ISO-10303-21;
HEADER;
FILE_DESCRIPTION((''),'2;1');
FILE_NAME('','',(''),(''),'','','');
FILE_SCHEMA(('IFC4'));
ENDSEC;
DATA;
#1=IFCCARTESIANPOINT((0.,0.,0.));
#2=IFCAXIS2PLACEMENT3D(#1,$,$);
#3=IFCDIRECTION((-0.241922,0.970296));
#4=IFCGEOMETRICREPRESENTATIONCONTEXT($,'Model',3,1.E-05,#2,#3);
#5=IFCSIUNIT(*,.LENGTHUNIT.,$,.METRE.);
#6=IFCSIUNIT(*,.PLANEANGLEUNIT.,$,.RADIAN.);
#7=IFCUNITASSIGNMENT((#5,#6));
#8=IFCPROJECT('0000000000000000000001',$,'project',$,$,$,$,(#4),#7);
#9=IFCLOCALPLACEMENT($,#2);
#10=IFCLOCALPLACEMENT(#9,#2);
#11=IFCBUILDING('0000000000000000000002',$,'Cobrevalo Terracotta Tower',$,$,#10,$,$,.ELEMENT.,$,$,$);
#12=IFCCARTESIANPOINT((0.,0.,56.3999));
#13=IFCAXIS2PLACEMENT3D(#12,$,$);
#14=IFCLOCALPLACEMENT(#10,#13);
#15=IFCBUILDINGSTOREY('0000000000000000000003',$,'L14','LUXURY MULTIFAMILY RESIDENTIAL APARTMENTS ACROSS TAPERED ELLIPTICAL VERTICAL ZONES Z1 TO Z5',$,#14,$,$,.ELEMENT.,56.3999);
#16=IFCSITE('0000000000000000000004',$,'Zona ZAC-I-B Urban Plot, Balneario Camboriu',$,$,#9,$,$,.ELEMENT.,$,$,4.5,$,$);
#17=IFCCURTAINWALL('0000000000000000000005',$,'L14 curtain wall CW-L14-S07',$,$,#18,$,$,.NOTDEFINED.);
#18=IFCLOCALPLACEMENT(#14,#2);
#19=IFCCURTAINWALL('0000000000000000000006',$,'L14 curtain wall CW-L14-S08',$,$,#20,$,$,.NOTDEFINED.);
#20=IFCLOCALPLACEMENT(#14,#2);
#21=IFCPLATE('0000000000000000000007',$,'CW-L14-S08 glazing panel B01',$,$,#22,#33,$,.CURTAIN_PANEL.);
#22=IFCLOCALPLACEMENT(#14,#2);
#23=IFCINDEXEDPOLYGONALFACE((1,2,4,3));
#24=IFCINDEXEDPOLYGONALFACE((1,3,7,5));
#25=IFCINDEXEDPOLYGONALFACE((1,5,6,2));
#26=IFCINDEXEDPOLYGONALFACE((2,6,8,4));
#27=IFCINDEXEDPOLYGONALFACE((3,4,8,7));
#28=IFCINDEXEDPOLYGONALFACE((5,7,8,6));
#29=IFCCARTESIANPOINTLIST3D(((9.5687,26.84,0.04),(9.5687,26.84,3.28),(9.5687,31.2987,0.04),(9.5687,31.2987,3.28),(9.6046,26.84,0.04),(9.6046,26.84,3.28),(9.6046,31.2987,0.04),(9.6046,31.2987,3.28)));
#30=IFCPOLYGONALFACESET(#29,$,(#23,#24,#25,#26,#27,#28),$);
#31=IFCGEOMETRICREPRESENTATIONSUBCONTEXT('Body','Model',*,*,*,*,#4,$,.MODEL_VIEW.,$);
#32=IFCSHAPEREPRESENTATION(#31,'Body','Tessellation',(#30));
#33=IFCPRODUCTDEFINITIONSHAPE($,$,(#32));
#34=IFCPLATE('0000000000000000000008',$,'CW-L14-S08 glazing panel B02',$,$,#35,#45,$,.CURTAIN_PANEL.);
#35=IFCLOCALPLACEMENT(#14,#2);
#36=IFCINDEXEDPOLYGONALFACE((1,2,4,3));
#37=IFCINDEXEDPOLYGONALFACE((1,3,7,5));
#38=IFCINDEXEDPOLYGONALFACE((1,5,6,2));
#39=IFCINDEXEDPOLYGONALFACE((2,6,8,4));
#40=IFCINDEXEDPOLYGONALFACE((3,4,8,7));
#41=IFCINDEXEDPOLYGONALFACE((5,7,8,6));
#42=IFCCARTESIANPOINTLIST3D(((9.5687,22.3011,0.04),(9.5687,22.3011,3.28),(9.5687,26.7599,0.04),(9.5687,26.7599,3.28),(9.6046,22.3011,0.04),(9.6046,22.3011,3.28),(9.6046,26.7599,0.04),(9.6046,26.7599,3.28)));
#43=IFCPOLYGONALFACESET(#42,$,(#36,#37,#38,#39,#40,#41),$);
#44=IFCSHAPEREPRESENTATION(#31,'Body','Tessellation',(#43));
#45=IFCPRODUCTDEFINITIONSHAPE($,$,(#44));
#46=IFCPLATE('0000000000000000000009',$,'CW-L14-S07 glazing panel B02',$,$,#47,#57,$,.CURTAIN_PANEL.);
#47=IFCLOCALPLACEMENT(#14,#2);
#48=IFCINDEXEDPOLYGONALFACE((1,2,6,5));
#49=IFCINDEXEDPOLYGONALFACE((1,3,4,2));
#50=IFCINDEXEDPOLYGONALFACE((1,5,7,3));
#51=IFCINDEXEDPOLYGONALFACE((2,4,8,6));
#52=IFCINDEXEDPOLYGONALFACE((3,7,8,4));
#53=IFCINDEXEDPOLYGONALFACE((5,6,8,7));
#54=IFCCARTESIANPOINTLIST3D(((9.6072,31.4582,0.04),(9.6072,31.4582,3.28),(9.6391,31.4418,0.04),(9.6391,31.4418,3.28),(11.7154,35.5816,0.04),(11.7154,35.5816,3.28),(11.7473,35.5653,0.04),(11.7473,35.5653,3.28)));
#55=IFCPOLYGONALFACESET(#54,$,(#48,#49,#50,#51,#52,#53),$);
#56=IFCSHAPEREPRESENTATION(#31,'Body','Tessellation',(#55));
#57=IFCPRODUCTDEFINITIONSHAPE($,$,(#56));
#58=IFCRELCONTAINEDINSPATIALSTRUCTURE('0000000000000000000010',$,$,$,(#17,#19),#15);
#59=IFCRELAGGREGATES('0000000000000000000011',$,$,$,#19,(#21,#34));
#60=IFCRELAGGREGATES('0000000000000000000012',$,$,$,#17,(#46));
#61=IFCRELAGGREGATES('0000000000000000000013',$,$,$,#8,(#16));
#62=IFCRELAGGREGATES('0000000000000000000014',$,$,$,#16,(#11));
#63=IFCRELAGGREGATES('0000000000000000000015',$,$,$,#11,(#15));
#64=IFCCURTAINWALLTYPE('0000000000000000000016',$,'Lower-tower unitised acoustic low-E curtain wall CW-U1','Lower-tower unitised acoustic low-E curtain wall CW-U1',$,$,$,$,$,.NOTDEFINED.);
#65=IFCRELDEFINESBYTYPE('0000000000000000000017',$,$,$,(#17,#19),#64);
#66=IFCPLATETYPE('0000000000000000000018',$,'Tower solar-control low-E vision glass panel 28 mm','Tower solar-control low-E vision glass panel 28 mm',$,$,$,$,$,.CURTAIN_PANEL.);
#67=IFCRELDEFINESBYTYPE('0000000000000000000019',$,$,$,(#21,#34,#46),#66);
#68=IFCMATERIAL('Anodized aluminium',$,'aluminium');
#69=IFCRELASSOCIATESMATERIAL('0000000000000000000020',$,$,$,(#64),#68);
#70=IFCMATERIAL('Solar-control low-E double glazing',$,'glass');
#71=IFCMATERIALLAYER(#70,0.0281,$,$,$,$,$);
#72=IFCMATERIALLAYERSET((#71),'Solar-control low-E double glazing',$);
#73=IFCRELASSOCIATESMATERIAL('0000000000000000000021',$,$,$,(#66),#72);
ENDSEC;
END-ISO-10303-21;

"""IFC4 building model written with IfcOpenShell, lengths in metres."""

from ifc_helpers import new_model, si_unit, direction, frame, origin, origin_2d, place, context, subcontext, project, spatial, rectangle, extrude, source, transform, mapped, material, layer, layer_set, type_object, element, aggregate, save


model = new_model("IFC4")

# Units and contexts
model_context = context("Model", 3, precision=1e-05, world=origin(), true_north=direction((-0.241922, 0.970296)))
body_context = subcontext(model_context, "Body", "Model", "MODEL_VIEW")
ifc_project = project(units=[si_unit("LENGTHUNIT", "METRE"), si_unit("PLANEANGLEUNIT", "RADIAN")], contexts=[model_context])

# Site, building, storey
site_placement = place(None, origin())
site = spatial("IfcSite", under=ifc_project, at=site_placement, Name="Zona ZAC-I-B Urban Plot, Balneario Camboriu", CompositionType="ELEMENT", RefElevation=4.5)
building_placement = place(site_placement, origin())
building = spatial("IfcBuilding", under=site, at=building_placement, Name="Cobrevalo Terracotta Tower", CompositionType="ELEMENT")
storey_placement = place(building_placement, frame((0.0, 0.0, 56.3999)))
storey = spatial("IfcBuildingStorey", under=building, at=storey_placement, Name="L14", Description="LUXURY MULTIFAMILY RESIDENTIAL APARTMENTS ACROSS TAPERED ELLIPTICAL VERTICAL ZONES Z1 TO Z5", CompositionType="ELEMENT", Elevation=56.3999)

# Curtain wall
ifc_material_1 = material(Name="Anodized aluminium", Category="aluminium")
curtain_wall_type = type_object("IfcCurtainWallType", Name="Lower-tower unitised acoustic low-E curtain wall CW-U1", Description="Lower-tower unitised acoustic low-E curtain wall CW-U1", PredefinedType="NOTDEFINED", material=ifc_material_1)
curtain_wall_1_placement = place(storey_placement, origin())
curtain_wall_1 = element("IfcCurtainWall", 1, at=curtain_wall_1_placement, inside=storey, type_object=curtain_wall_type, Name="L14 curtain wall CW-L14-S07", PredefinedType="NOTDEFINED")

# Curtain wall
curtain_wall_2_placement = place(storey_placement, origin())
curtain_wall_2 = element("IfcCurtainWall", 2, at=curtain_wall_2_placement, inside=storey, type_object=curtain_wall_type, Name="L14 curtain wall CW-L14-S08", PredefinedType="NOTDEFINED")

# Plates
ifc_material_2 = material(Name="Solar-control low-E double glazing", Category="glass")
ifc_layer = layer(ifc_material_2, 0.0281)
ifc_layer_set = layer_set([ifc_layer], Name="Solar-control low-E double glazing")
plate_type = type_object("IfcPlateType", Name="Tower solar-control low-E vision glass panel 28 mm", Description="Tower solar-control low-E vision glass panel 28 mm", PredefinedType="CURTAIN_PANEL", material=ifc_layer_set)
shared_shape_1 = source(origin(), body_context, "Body", "SweptSolid", [
    extrude(rectangle(XDim=4.4587, YDim=0.0359, at=origin_2d()), origin(), (0.0, 0.0, 1.0), 3.24),
])
plate_1_placement = place(storey_placement, frame((9.5867, 29.0693, 0.04), z_axis=(0.0, 0.0, 1.0), x_axis=(0.0, -1.0, 0.0)))
plate_1 = element("IfcPlate", 3, at=plate_1_placement, type_object=plate_type, Name="CW-L14-S08 glazing panel B01", PredefinedType="CURTAIN_PANEL", context=body_context, shape_type="MappedRepresentation", body=[
    mapped(shared_shape_1, transform((0.0, 0.0, 0.0), scale=1.0)),
])
plate_2_placement = place(storey_placement, frame((9.5867, 24.5305, 0.04), z_axis=(0.0, 0.0, 1.0), x_axis=(0.0, -1.0, 0.0)))
plate_2 = element("IfcPlate", 4, at=plate_2_placement, type_object=plate_type, Name="CW-L14-S08 glazing panel B02", PredefinedType="CURTAIN_PANEL", context=body_context, shape_type="MappedRepresentation", body=[
    mapped(shared_shape_1, transform((0.0, 0.0, 0.0), scale=1.0)),
])
aggregate(curtain_wall_2, [plate_1, plate_2])
shared_shape_2 = source(origin(), body_context, "Body", "SweptSolid", [
    extrude(rectangle(XDim=4.6311, YDim=0.0359, at=origin_2d()), origin(), (0.0, 0.0, 1.0), 3.24),
])
plate_3_placement = place(storey_placement, frame((10.6772, 33.5117, 0.04), z_axis=(0.0, 0.0, 1.0), x_axis=(-0.455231, -0.890373, 0.0)))
plate_3 = element("IfcPlate", 5, at=plate_3_placement, type_object=plate_type, Name="CW-L14-S07 glazing panel B02", PredefinedType="CURTAIN_PANEL", context=body_context, shape_type="MappedRepresentation", body=[
    mapped(shared_shape_2, transform((0.0, 0.0, 0.0), scale=1.0)),
])
aggregate(curtain_wall_1, [plate_3])

save(model, "model.ifc")
